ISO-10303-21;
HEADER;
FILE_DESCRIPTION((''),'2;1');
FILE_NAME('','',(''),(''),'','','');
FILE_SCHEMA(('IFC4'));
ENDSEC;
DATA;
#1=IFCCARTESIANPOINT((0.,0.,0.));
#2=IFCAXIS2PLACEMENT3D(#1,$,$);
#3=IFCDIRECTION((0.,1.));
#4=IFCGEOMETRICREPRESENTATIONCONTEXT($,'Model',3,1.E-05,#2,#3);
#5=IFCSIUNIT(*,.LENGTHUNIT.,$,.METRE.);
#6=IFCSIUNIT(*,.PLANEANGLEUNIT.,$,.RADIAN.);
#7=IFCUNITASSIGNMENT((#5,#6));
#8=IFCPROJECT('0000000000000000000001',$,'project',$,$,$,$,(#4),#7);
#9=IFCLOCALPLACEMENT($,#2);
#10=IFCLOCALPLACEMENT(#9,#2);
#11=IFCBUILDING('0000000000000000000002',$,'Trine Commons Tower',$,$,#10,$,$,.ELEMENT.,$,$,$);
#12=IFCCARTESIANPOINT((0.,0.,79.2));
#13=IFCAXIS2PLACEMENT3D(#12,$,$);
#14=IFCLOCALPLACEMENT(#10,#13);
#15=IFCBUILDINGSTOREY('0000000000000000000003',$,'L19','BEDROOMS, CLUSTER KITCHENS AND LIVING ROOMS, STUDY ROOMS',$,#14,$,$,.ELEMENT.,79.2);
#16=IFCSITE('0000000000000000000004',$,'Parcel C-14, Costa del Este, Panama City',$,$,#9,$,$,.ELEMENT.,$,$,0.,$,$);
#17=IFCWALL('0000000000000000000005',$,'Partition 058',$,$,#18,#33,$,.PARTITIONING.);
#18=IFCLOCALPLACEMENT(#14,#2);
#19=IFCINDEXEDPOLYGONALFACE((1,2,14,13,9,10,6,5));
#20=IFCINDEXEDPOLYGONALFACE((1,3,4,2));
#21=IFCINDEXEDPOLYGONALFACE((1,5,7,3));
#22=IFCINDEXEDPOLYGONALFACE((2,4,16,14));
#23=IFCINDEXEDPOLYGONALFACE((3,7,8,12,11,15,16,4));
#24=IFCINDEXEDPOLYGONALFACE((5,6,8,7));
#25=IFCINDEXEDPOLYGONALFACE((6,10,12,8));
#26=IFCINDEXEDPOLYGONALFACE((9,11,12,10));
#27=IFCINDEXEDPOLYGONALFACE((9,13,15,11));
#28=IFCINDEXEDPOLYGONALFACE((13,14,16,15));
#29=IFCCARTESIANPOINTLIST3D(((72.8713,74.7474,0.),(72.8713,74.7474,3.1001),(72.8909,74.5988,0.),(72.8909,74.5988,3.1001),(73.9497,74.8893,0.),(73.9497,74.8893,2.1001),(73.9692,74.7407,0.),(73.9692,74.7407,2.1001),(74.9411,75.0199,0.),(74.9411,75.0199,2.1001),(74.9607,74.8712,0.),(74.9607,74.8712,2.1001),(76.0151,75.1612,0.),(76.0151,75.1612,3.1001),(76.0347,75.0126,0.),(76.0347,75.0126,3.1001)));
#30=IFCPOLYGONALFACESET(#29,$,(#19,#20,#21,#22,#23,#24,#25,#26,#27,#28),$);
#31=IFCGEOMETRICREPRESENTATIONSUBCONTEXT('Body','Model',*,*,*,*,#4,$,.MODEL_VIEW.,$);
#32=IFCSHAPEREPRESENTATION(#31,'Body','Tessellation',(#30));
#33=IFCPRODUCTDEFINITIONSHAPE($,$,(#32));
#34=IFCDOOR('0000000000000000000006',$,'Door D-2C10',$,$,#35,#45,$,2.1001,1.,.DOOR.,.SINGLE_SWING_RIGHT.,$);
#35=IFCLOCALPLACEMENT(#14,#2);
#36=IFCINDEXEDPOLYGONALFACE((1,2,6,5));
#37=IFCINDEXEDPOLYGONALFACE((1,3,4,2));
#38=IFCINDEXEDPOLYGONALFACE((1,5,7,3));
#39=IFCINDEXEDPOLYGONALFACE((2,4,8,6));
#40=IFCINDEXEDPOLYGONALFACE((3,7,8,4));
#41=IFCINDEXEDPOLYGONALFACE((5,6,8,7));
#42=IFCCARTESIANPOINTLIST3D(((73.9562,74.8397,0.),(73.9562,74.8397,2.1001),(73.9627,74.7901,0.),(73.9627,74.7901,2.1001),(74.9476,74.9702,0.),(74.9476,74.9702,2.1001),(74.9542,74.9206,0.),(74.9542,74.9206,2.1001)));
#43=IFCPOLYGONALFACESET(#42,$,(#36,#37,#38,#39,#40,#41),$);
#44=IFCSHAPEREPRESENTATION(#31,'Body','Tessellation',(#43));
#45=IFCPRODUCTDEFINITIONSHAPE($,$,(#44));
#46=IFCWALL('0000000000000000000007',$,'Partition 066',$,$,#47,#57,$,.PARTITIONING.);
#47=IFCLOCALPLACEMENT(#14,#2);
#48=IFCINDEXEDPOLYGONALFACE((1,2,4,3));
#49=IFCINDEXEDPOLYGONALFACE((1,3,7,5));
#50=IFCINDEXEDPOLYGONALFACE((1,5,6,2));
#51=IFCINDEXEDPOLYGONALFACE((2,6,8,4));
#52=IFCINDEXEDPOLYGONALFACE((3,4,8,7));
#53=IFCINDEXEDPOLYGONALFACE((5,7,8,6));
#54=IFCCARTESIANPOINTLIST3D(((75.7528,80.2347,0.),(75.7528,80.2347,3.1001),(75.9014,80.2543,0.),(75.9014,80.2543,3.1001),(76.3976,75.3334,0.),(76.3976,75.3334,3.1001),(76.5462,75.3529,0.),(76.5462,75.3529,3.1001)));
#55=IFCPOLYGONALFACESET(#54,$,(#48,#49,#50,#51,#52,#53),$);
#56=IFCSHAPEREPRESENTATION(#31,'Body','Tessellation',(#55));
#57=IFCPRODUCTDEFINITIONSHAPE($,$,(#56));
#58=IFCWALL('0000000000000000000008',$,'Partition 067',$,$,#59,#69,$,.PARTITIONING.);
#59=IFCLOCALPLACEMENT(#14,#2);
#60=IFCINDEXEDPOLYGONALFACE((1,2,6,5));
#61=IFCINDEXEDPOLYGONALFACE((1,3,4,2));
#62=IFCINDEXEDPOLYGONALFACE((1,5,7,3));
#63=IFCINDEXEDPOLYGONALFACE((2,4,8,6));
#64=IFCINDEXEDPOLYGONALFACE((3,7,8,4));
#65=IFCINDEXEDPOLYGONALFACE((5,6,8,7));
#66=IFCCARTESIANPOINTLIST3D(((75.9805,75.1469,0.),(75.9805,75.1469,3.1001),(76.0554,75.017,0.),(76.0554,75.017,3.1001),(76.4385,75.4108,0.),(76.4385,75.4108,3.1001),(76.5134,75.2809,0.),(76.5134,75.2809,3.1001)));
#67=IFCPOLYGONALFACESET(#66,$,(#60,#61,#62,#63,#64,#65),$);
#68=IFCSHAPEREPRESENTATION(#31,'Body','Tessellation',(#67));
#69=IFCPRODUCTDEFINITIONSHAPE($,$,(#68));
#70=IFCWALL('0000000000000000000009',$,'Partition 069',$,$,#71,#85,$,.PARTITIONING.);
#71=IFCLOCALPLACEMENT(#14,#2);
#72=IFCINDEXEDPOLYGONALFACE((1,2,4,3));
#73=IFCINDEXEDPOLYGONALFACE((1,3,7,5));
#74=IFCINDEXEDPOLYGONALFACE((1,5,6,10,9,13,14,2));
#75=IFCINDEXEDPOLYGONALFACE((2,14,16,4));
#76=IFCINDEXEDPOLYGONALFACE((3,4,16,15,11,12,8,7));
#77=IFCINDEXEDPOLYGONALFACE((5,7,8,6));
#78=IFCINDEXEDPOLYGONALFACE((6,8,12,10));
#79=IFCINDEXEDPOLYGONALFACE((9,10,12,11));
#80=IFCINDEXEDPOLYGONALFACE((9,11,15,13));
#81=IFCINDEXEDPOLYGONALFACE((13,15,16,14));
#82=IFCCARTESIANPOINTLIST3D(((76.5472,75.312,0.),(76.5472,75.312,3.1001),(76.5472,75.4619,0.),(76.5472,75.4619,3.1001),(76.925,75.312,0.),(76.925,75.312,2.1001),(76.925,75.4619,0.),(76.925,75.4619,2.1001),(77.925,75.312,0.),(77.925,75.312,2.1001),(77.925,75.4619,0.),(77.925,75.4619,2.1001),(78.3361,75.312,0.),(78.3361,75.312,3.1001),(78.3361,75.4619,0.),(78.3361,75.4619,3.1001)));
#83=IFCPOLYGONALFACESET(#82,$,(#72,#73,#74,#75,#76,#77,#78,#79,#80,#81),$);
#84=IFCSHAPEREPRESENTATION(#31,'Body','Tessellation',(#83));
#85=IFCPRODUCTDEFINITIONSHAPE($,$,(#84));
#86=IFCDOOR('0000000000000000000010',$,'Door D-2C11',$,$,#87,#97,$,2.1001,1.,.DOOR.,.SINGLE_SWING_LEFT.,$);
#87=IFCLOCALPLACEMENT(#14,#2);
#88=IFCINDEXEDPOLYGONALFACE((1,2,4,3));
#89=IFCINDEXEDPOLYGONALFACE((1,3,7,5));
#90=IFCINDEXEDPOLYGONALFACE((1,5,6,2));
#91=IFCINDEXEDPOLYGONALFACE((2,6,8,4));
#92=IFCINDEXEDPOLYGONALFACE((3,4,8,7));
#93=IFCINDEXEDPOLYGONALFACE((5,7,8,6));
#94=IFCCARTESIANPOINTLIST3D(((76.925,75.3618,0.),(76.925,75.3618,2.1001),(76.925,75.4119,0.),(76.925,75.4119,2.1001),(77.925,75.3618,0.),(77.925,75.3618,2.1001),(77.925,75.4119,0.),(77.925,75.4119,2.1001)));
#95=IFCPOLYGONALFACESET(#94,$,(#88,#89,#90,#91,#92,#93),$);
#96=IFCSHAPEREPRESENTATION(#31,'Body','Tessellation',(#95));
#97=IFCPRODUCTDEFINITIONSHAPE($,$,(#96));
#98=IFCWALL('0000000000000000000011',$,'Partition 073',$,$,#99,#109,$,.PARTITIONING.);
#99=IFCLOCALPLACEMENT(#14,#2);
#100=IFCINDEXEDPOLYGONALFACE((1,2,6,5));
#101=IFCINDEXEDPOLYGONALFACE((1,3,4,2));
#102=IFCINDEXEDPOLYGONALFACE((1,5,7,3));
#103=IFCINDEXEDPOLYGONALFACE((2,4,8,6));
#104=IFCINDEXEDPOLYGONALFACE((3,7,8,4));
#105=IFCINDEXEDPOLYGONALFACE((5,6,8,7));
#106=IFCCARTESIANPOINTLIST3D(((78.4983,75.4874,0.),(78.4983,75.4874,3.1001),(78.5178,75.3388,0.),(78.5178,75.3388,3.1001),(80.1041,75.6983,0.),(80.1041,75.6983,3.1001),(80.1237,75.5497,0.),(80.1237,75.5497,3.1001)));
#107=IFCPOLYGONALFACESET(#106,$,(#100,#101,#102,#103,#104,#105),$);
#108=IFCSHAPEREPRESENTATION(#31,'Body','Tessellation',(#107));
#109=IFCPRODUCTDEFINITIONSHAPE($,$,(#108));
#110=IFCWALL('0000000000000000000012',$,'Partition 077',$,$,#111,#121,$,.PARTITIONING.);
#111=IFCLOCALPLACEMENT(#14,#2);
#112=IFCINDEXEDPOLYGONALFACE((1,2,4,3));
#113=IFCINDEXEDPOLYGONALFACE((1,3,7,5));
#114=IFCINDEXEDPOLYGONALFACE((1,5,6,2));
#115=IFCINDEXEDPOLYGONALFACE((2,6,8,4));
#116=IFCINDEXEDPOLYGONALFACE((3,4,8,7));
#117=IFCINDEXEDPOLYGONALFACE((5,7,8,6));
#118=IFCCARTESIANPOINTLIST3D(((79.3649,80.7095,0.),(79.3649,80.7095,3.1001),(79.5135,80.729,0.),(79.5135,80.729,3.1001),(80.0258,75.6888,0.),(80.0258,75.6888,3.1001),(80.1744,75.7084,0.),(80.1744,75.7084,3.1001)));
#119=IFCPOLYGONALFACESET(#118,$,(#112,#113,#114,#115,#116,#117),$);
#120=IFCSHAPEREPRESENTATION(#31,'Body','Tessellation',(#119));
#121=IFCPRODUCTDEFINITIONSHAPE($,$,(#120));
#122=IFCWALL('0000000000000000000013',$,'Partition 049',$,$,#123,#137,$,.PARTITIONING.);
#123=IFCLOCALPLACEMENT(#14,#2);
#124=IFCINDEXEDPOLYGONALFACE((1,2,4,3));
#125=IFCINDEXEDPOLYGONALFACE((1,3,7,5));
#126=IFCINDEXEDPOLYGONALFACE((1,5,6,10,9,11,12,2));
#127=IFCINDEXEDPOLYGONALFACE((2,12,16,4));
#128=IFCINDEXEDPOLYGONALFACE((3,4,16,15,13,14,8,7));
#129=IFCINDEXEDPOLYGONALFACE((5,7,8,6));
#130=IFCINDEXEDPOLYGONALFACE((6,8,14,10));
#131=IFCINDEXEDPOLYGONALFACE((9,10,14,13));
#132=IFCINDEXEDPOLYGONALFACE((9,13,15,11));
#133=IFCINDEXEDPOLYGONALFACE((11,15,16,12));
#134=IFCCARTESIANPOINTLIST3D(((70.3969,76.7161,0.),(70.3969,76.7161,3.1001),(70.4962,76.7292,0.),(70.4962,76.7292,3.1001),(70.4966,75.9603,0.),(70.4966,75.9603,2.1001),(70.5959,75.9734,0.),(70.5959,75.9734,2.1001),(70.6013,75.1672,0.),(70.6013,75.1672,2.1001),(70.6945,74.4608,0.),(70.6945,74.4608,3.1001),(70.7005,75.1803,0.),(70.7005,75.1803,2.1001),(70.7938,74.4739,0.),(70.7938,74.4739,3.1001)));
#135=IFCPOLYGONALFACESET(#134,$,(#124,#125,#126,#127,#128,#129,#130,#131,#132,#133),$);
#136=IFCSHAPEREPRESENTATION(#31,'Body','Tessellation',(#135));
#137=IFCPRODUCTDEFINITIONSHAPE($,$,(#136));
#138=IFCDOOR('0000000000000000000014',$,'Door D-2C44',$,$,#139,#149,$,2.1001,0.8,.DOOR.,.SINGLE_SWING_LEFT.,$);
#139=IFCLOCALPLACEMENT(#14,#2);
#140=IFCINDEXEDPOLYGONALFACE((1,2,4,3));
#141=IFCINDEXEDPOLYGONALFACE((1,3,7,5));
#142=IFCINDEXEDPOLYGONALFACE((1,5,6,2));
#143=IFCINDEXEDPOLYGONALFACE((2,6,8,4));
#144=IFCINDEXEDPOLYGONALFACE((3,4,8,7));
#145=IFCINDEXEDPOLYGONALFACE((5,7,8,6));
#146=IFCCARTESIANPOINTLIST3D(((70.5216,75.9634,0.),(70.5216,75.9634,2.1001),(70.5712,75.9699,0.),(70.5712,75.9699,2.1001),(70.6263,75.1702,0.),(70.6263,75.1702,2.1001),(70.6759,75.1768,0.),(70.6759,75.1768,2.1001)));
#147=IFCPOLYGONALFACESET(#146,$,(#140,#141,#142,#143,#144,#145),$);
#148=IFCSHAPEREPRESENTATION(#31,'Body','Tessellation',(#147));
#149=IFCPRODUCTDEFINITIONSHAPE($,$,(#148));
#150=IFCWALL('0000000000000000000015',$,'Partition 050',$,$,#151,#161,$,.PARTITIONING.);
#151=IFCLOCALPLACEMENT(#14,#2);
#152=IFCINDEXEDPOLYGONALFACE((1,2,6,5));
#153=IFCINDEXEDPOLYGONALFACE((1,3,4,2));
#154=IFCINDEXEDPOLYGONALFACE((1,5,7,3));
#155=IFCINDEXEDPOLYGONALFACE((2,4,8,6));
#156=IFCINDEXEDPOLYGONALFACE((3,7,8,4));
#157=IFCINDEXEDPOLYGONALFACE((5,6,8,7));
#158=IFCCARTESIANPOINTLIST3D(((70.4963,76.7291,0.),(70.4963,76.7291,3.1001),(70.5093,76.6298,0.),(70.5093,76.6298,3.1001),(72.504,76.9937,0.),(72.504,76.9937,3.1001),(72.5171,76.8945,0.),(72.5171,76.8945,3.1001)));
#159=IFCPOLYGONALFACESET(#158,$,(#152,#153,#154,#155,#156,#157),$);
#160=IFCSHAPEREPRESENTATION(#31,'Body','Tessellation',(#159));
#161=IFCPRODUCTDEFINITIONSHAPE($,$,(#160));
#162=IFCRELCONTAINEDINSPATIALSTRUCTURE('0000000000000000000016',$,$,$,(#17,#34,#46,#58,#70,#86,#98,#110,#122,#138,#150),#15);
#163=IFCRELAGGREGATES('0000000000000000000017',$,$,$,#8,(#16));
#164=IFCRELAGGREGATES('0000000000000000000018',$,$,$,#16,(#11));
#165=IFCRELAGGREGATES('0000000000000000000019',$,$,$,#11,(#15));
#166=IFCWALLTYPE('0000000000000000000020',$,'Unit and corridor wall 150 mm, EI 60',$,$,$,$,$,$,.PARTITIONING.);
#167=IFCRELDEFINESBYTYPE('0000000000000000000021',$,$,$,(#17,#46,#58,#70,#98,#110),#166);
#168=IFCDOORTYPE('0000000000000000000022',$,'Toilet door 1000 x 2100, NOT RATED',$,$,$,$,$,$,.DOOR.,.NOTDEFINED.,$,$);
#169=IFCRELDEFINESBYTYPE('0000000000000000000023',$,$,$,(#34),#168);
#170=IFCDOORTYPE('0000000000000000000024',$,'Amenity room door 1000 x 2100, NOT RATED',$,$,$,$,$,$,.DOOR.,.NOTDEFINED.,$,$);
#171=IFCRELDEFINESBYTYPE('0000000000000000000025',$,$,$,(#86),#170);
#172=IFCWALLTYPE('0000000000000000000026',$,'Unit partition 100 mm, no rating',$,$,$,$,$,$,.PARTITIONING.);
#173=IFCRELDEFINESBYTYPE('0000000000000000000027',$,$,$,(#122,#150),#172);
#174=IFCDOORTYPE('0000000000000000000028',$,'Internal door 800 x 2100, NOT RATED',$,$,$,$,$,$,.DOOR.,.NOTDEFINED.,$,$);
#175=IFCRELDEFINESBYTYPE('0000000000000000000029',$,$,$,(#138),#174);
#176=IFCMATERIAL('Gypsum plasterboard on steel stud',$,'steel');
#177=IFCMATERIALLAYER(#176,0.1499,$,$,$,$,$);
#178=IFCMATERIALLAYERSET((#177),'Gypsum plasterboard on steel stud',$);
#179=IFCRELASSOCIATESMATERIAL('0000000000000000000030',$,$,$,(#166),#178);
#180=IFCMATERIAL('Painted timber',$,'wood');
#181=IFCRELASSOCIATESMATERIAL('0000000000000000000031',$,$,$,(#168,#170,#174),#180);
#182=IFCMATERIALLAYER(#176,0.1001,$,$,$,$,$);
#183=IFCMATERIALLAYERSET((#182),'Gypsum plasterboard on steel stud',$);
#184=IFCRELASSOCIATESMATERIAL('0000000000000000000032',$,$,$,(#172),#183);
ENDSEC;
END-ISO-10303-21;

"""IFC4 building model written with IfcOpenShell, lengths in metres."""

from ifc_helpers import new_model, si_unit, direction, frame, frame_2d, origin, place, context, subcontext, project, spatial, rectangle, extrude, material, layer, layer_set, type_object, element, fill, save


model = new_model("IFC4")

# Units and contexts
model_context = context("Model", 3, precision=1e-05, world=origin(), true_north=direction((0.0, 1.0)))
body_context = subcontext(model_context, "Body", "Model", "MODEL_VIEW")
ifc_project = project(units=[si_unit("LENGTHUNIT", "METRE"), si_unit("PLANEANGLEUNIT", "RADIAN")], contexts=[model_context])

# Site, building, storey
site_placement = place(None, origin())
site = spatial("IfcSite", under=ifc_project, at=site_placement, Name="Parcel C-14, Costa del Este, Panama City", CompositionType="ELEMENT", RefElevation=0.0)
building_placement = place(site_placement, origin())
building = spatial("IfcBuilding", under=site, at=building_placement, Name="Trine Commons Tower", CompositionType="ELEMENT")
storey_placement = place(building_placement, frame((0.0, 0.0, 79.2)))
storey = spatial("IfcBuildingStorey", under=building, at=storey_placement, Name="L19", Description="BEDROOMS, CLUSTER KITCHENS AND LIVING ROOMS, STUDY ROOMS", CompositionType="ELEMENT", Elevation=79.2)

# Shared definitions
ifc_material_1 = material(Name="Gypsum plasterboard on steel stud", Category="steel")
ifc_layer_1 = layer(ifc_material_1, 0.1499)
ifc_layer_set_1 = layer_set([ifc_layer_1], Name="Gypsum plasterboard on steel stud")
wall_type_1 = type_object("IfcWallType", Name="Unit and corridor wall 150 mm, EI 60", PredefinedType="PARTITIONING", material=ifc_layer_set_1)

# Wall, opening, door
wall_1_placement = place(storey_placement, frame((72.8811, 74.6731, 0.0), z_axis=(0.0, 0.0, 1.0), x_axis=(0.991448, 0.130504, 0.0)))
wall_1 = element("IfcWall", 1, at=wall_1_placement, inside=storey, type_object=wall_type_1, Name="Partition 058", PredefinedType="PARTITIONING", context=body_context, shape_type="SweptSolid", body=[
    extrude(rectangle(XDim=3.1709, YDim=0.1499, at=frame_2d((1.5854, 0.0))), origin(), (0.0, 0.0, 1.0), 3.1001),
])
opening_1_placement = place(wall_1_placement, frame((1.0876, 0.0, 0.0)))
opening_1 = element("IfcOpeningElement", 2, at=opening_1_placement, cuts=wall_1, PredefinedType="OPENING", context=body_context, shape_type="SweptSolid", body=[
    extrude(rectangle(XDim=1.0, YDim=2.1001, at=frame_2d((0.5, 1.05))), frame((0.0, 0.085, 0.0), z_axis=(0.0, -1.0, 0.0), x_axis=(1.0, 0.0, 0.0)), (0.0, 0.0, 1.0), 0.1699),
])
ifc_material_2 = material(Name="Painted timber", Category="wood")
door_type_1 = type_object("IfcDoorType", Name="Toilet door 1000 x 2100, NOT RATED", OperationType="NOTDEFINED", PredefinedType="DOOR", material=ifc_material_2)
door_1_placement = place(opening_1_placement, origin())
door_1 = element("IfcDoor", 3, at=door_1_placement, inside=storey, type_object=door_type_1, Name="Door D-2C10", OperationType="SINGLE_SWING_RIGHT", OverallHeight=2.1001, OverallWidth=1.0, PredefinedType="DOOR", context=body_context, shape_type="SweptSolid", body=[
    extrude(rectangle(XDim=1.0, YDim=2.1001, at=frame_2d((0.5, 1.05))), frame((0.0, 0.0249, 0.0), z_axis=(0.0, -1.0, 0.0), x_axis=(1.0, 0.0, 0.0)), (0.0, 0.0, 1.0), 0.05),
])
fill(opening_1, door_1)

# Walls
wall_2_placement = place(storey_placement, frame((75.8271, 80.2444, 0.0), z_axis=(0.0, 0.0, 1.0), x_axis=(0.130426, -0.991458, 0.0)))
element("IfcWall", 4, at=wall_2_placement, inside=storey, type_object=wall_type_1, Name="Partition 066", PredefinedType="PARTITIONING", context=body_context, shape_type="SweptSolid", body=[
    extrude(rectangle(XDim=4.9436, YDim=0.1499, at=frame_2d((2.4717, 0.0))), origin(), (0.0, 0.0, 1.0), 3.1001),
])
wall_3_placement = place(storey_placement, frame((76.0181, 75.082, 0.0), z_axis=(0.0, 0.0, 1.0), x_axis=(0.866447, 0.499269, 0.0)))
element("IfcWall", 5, at=wall_3_placement, inside=storey, type_object=wall_type_1, Name="Partition 067", PredefinedType="PARTITIONING", context=body_context, shape_type="SweptSolid", body=[
    extrude(rectangle(XDim=0.5286, YDim=0.1499, at=frame_2d((0.2642, 0.0))), origin(), (0.0, 0.0, 1.0), 3.1001),
])

# Wall, opening, door
wall_4_placement = place(storey_placement, frame((76.5471, 75.387, 0.0), z_axis=(0.0, 0.0, 1.0), x_axis=(1.0, 0.0, 0.0)))
wall_4 = element("IfcWall", 6, at=wall_4_placement, inside=storey, type_object=wall_type_1, Name="Partition 069", PredefinedType="PARTITIONING", context=body_context, shape_type="SweptSolid", body=[
    extrude(rectangle(XDim=1.7888, YDim=0.1499, at=frame_2d((0.8945, 0.0))), origin(), (0.0, 0.0, 1.0), 3.1001),
])
opening_2_placement = place(wall_4_placement, frame((0.3779, 0.0, 0.0)))
opening_2 = element("IfcOpeningElement", 7, at=opening_2_placement, cuts=wall_4, PredefinedType="OPENING", context=body_context, shape_type="SweptSolid", body=[
    extrude(rectangle(XDim=1.0, YDim=2.1001, at=frame_2d((0.5, 1.05))), frame((0.0, 0.085, 0.0), z_axis=(0.0, -1.0, 0.0), x_axis=(1.0, 0.0, 0.0)), (0.0, 0.0, 1.0), 0.1699),
])
door_type_2 = type_object("IfcDoorType", Name="Amenity room door 1000 x 2100, NOT RATED", OperationType="NOTDEFINED", PredefinedType="DOOR", material=ifc_material_2)
door_2_placement = place(opening_2_placement, origin())
door_2 = element("IfcDoor", 8, at=door_2_placement, inside=storey, type_object=door_type_2, Name="Door D-2C11", OperationType="SINGLE_SWING_LEFT", OverallHeight=2.1001, OverallWidth=1.0, PredefinedType="DOOR", context=body_context, shape_type="SweptSolid", body=[
    extrude(rectangle(XDim=1.0, YDim=2.1001, at=frame_2d((0.5, 1.05))), frame((0.0, 0.0249, 0.0), z_axis=(0.0, -1.0, 0.0), x_axis=(1.0, 0.0, 0.0)), (0.0, 0.0, 1.0), 0.05),
])
fill(opening_2, door_2)

# Walls
wall_5_placement = place(storey_placement, frame((78.5081, 75.4131, 0.0), z_axis=(0.0, 0.0, 1.0), x_axis=(0.991484, 0.130228, 0.0)))
element("IfcWall", 9, at=wall_5_placement, inside=storey, type_object=wall_type_1, Name="Partition 073", PredefinedType="PARTITIONING", context=body_context, shape_type="SweptSolid", body=[
    extrude(rectangle(XDim=1.6196, YDim=0.1499, at=frame_2d((0.8098, 0.0))), origin(), (0.0, 0.0, 1.0), 3.1001),
])
wall_6_placement = place(storey_placement, frame((79.4392, 80.7192, 0.0), z_axis=(0.0, 0.0, 1.0), x_axis=(0.130506, -0.991448, 0.0)))
element("IfcWall", 10, at=wall_6_placement, inside=storey, type_object=wall_type_1, Name="Partition 077", PredefinedType="PARTITIONING", context=body_context, shape_type="SweptSolid", body=[
    extrude(rectangle(XDim=5.064, YDim=0.1499, at=frame_2d((2.532, 0.0))), origin(), (0.0, 0.0, 1.0), 3.1001),
])

# Wall, opening, door
ifc_layer_2 = layer(ifc_material_1, 0.1001)
ifc_layer_set_2 = layer_set([ifc_layer_2], Name="Gypsum plasterboard on steel stud")
wall_type_2 = type_object("IfcWallType", Name="Unit partition 100 mm, no rating", PredefinedType="PARTITIONING", material=ifc_layer_set_2)
wall_7_placement = place(storey_placement, frame((70.4465, 76.7227, 0.0), z_axis=(0.0, 0.0, 1.0), x_axis=(0.130821, -0.991406, 0.0)))
wall_7 = element("IfcWall", 11, at=wall_7_placement, inside=storey, type_object=wall_type_2, Name="Partition 049", PredefinedType="PARTITIONING", context=body_context, shape_type="SweptSolid", body=[
    extrude(rectangle(XDim=2.2749, YDim=0.1001, at=frame_2d((1.1375, 0.0))), origin(), (0.0, 0.0, 1.0), 3.1001),
])
opening_3_placement = place(wall_7_placement, frame((0.7625, 0.0, 0.0)))
opening_3 = element("IfcOpeningElement", 12, at=opening_3_placement, cuts=wall_7, PredefinedType="OPENING", context=body_context, shape_type="SweptSolid", body=[
    extrude(rectangle(XDim=0.8, YDim=2.1001, at=frame_2d((0.3999, 1.05))), frame((0.0, 0.0601, 0.0), z_axis=(0.0, -1.0, 0.0), x_axis=(1.0, 0.0, 0.0)), (0.0, 0.0, 1.0), 0.1201),
])
door_type_3 = type_object("IfcDoorType", Name="Internal door 800 x 2100, NOT RATED", OperationType="NOTDEFINED", PredefinedType="DOOR", material=ifc_material_2)
door_3_placement = place(opening_3_placement, frame((0.8, 0.0, 0.0), z_axis=(0.0, 0.0, 1.0), x_axis=(-1.0, 0.0, 0.0)))
door_3 = element("IfcDoor", 13, at=door_3_placement, inside=storey, type_object=door_type_3, Name="Door D-2C44", OperationType="SINGLE_SWING_LEFT", OverallHeight=2.1001, OverallWidth=0.8, PredefinedType="DOOR", context=body_context, shape_type="SweptSolid", body=[
    extrude(rectangle(XDim=0.8, YDim=2.1001, at=frame_2d((0.3999, 1.05))), frame((0.0, 0.0249, 0.0), z_axis=(0.0, -1.0, 0.0), x_axis=(1.0, 0.0, 0.0)), (0.0, 0.0, 1.0), 0.05),
])
fill(opening_3, door_3)

# Wall
wall_8_placement = place(storey_placement, frame((70.5027, 76.6794, 0.0), z_axis=(0.0, 0.0, 1.0), x_axis=(0.991425, 0.130679, 0.0)))
element("IfcWall", 14, at=wall_8_placement, inside=storey, type_object=wall_type_2, Name="Partition 050", PredefinedType="PARTITIONING", context=body_context, shape_type="SweptSolid", body=[
    extrude(rectangle(XDim=2.0251, YDim=0.1001, at=frame_2d((1.0127, 0.0))), origin(), (0.0, 0.0, 1.0), 3.1001),
])

save(model, "model.ifc")
